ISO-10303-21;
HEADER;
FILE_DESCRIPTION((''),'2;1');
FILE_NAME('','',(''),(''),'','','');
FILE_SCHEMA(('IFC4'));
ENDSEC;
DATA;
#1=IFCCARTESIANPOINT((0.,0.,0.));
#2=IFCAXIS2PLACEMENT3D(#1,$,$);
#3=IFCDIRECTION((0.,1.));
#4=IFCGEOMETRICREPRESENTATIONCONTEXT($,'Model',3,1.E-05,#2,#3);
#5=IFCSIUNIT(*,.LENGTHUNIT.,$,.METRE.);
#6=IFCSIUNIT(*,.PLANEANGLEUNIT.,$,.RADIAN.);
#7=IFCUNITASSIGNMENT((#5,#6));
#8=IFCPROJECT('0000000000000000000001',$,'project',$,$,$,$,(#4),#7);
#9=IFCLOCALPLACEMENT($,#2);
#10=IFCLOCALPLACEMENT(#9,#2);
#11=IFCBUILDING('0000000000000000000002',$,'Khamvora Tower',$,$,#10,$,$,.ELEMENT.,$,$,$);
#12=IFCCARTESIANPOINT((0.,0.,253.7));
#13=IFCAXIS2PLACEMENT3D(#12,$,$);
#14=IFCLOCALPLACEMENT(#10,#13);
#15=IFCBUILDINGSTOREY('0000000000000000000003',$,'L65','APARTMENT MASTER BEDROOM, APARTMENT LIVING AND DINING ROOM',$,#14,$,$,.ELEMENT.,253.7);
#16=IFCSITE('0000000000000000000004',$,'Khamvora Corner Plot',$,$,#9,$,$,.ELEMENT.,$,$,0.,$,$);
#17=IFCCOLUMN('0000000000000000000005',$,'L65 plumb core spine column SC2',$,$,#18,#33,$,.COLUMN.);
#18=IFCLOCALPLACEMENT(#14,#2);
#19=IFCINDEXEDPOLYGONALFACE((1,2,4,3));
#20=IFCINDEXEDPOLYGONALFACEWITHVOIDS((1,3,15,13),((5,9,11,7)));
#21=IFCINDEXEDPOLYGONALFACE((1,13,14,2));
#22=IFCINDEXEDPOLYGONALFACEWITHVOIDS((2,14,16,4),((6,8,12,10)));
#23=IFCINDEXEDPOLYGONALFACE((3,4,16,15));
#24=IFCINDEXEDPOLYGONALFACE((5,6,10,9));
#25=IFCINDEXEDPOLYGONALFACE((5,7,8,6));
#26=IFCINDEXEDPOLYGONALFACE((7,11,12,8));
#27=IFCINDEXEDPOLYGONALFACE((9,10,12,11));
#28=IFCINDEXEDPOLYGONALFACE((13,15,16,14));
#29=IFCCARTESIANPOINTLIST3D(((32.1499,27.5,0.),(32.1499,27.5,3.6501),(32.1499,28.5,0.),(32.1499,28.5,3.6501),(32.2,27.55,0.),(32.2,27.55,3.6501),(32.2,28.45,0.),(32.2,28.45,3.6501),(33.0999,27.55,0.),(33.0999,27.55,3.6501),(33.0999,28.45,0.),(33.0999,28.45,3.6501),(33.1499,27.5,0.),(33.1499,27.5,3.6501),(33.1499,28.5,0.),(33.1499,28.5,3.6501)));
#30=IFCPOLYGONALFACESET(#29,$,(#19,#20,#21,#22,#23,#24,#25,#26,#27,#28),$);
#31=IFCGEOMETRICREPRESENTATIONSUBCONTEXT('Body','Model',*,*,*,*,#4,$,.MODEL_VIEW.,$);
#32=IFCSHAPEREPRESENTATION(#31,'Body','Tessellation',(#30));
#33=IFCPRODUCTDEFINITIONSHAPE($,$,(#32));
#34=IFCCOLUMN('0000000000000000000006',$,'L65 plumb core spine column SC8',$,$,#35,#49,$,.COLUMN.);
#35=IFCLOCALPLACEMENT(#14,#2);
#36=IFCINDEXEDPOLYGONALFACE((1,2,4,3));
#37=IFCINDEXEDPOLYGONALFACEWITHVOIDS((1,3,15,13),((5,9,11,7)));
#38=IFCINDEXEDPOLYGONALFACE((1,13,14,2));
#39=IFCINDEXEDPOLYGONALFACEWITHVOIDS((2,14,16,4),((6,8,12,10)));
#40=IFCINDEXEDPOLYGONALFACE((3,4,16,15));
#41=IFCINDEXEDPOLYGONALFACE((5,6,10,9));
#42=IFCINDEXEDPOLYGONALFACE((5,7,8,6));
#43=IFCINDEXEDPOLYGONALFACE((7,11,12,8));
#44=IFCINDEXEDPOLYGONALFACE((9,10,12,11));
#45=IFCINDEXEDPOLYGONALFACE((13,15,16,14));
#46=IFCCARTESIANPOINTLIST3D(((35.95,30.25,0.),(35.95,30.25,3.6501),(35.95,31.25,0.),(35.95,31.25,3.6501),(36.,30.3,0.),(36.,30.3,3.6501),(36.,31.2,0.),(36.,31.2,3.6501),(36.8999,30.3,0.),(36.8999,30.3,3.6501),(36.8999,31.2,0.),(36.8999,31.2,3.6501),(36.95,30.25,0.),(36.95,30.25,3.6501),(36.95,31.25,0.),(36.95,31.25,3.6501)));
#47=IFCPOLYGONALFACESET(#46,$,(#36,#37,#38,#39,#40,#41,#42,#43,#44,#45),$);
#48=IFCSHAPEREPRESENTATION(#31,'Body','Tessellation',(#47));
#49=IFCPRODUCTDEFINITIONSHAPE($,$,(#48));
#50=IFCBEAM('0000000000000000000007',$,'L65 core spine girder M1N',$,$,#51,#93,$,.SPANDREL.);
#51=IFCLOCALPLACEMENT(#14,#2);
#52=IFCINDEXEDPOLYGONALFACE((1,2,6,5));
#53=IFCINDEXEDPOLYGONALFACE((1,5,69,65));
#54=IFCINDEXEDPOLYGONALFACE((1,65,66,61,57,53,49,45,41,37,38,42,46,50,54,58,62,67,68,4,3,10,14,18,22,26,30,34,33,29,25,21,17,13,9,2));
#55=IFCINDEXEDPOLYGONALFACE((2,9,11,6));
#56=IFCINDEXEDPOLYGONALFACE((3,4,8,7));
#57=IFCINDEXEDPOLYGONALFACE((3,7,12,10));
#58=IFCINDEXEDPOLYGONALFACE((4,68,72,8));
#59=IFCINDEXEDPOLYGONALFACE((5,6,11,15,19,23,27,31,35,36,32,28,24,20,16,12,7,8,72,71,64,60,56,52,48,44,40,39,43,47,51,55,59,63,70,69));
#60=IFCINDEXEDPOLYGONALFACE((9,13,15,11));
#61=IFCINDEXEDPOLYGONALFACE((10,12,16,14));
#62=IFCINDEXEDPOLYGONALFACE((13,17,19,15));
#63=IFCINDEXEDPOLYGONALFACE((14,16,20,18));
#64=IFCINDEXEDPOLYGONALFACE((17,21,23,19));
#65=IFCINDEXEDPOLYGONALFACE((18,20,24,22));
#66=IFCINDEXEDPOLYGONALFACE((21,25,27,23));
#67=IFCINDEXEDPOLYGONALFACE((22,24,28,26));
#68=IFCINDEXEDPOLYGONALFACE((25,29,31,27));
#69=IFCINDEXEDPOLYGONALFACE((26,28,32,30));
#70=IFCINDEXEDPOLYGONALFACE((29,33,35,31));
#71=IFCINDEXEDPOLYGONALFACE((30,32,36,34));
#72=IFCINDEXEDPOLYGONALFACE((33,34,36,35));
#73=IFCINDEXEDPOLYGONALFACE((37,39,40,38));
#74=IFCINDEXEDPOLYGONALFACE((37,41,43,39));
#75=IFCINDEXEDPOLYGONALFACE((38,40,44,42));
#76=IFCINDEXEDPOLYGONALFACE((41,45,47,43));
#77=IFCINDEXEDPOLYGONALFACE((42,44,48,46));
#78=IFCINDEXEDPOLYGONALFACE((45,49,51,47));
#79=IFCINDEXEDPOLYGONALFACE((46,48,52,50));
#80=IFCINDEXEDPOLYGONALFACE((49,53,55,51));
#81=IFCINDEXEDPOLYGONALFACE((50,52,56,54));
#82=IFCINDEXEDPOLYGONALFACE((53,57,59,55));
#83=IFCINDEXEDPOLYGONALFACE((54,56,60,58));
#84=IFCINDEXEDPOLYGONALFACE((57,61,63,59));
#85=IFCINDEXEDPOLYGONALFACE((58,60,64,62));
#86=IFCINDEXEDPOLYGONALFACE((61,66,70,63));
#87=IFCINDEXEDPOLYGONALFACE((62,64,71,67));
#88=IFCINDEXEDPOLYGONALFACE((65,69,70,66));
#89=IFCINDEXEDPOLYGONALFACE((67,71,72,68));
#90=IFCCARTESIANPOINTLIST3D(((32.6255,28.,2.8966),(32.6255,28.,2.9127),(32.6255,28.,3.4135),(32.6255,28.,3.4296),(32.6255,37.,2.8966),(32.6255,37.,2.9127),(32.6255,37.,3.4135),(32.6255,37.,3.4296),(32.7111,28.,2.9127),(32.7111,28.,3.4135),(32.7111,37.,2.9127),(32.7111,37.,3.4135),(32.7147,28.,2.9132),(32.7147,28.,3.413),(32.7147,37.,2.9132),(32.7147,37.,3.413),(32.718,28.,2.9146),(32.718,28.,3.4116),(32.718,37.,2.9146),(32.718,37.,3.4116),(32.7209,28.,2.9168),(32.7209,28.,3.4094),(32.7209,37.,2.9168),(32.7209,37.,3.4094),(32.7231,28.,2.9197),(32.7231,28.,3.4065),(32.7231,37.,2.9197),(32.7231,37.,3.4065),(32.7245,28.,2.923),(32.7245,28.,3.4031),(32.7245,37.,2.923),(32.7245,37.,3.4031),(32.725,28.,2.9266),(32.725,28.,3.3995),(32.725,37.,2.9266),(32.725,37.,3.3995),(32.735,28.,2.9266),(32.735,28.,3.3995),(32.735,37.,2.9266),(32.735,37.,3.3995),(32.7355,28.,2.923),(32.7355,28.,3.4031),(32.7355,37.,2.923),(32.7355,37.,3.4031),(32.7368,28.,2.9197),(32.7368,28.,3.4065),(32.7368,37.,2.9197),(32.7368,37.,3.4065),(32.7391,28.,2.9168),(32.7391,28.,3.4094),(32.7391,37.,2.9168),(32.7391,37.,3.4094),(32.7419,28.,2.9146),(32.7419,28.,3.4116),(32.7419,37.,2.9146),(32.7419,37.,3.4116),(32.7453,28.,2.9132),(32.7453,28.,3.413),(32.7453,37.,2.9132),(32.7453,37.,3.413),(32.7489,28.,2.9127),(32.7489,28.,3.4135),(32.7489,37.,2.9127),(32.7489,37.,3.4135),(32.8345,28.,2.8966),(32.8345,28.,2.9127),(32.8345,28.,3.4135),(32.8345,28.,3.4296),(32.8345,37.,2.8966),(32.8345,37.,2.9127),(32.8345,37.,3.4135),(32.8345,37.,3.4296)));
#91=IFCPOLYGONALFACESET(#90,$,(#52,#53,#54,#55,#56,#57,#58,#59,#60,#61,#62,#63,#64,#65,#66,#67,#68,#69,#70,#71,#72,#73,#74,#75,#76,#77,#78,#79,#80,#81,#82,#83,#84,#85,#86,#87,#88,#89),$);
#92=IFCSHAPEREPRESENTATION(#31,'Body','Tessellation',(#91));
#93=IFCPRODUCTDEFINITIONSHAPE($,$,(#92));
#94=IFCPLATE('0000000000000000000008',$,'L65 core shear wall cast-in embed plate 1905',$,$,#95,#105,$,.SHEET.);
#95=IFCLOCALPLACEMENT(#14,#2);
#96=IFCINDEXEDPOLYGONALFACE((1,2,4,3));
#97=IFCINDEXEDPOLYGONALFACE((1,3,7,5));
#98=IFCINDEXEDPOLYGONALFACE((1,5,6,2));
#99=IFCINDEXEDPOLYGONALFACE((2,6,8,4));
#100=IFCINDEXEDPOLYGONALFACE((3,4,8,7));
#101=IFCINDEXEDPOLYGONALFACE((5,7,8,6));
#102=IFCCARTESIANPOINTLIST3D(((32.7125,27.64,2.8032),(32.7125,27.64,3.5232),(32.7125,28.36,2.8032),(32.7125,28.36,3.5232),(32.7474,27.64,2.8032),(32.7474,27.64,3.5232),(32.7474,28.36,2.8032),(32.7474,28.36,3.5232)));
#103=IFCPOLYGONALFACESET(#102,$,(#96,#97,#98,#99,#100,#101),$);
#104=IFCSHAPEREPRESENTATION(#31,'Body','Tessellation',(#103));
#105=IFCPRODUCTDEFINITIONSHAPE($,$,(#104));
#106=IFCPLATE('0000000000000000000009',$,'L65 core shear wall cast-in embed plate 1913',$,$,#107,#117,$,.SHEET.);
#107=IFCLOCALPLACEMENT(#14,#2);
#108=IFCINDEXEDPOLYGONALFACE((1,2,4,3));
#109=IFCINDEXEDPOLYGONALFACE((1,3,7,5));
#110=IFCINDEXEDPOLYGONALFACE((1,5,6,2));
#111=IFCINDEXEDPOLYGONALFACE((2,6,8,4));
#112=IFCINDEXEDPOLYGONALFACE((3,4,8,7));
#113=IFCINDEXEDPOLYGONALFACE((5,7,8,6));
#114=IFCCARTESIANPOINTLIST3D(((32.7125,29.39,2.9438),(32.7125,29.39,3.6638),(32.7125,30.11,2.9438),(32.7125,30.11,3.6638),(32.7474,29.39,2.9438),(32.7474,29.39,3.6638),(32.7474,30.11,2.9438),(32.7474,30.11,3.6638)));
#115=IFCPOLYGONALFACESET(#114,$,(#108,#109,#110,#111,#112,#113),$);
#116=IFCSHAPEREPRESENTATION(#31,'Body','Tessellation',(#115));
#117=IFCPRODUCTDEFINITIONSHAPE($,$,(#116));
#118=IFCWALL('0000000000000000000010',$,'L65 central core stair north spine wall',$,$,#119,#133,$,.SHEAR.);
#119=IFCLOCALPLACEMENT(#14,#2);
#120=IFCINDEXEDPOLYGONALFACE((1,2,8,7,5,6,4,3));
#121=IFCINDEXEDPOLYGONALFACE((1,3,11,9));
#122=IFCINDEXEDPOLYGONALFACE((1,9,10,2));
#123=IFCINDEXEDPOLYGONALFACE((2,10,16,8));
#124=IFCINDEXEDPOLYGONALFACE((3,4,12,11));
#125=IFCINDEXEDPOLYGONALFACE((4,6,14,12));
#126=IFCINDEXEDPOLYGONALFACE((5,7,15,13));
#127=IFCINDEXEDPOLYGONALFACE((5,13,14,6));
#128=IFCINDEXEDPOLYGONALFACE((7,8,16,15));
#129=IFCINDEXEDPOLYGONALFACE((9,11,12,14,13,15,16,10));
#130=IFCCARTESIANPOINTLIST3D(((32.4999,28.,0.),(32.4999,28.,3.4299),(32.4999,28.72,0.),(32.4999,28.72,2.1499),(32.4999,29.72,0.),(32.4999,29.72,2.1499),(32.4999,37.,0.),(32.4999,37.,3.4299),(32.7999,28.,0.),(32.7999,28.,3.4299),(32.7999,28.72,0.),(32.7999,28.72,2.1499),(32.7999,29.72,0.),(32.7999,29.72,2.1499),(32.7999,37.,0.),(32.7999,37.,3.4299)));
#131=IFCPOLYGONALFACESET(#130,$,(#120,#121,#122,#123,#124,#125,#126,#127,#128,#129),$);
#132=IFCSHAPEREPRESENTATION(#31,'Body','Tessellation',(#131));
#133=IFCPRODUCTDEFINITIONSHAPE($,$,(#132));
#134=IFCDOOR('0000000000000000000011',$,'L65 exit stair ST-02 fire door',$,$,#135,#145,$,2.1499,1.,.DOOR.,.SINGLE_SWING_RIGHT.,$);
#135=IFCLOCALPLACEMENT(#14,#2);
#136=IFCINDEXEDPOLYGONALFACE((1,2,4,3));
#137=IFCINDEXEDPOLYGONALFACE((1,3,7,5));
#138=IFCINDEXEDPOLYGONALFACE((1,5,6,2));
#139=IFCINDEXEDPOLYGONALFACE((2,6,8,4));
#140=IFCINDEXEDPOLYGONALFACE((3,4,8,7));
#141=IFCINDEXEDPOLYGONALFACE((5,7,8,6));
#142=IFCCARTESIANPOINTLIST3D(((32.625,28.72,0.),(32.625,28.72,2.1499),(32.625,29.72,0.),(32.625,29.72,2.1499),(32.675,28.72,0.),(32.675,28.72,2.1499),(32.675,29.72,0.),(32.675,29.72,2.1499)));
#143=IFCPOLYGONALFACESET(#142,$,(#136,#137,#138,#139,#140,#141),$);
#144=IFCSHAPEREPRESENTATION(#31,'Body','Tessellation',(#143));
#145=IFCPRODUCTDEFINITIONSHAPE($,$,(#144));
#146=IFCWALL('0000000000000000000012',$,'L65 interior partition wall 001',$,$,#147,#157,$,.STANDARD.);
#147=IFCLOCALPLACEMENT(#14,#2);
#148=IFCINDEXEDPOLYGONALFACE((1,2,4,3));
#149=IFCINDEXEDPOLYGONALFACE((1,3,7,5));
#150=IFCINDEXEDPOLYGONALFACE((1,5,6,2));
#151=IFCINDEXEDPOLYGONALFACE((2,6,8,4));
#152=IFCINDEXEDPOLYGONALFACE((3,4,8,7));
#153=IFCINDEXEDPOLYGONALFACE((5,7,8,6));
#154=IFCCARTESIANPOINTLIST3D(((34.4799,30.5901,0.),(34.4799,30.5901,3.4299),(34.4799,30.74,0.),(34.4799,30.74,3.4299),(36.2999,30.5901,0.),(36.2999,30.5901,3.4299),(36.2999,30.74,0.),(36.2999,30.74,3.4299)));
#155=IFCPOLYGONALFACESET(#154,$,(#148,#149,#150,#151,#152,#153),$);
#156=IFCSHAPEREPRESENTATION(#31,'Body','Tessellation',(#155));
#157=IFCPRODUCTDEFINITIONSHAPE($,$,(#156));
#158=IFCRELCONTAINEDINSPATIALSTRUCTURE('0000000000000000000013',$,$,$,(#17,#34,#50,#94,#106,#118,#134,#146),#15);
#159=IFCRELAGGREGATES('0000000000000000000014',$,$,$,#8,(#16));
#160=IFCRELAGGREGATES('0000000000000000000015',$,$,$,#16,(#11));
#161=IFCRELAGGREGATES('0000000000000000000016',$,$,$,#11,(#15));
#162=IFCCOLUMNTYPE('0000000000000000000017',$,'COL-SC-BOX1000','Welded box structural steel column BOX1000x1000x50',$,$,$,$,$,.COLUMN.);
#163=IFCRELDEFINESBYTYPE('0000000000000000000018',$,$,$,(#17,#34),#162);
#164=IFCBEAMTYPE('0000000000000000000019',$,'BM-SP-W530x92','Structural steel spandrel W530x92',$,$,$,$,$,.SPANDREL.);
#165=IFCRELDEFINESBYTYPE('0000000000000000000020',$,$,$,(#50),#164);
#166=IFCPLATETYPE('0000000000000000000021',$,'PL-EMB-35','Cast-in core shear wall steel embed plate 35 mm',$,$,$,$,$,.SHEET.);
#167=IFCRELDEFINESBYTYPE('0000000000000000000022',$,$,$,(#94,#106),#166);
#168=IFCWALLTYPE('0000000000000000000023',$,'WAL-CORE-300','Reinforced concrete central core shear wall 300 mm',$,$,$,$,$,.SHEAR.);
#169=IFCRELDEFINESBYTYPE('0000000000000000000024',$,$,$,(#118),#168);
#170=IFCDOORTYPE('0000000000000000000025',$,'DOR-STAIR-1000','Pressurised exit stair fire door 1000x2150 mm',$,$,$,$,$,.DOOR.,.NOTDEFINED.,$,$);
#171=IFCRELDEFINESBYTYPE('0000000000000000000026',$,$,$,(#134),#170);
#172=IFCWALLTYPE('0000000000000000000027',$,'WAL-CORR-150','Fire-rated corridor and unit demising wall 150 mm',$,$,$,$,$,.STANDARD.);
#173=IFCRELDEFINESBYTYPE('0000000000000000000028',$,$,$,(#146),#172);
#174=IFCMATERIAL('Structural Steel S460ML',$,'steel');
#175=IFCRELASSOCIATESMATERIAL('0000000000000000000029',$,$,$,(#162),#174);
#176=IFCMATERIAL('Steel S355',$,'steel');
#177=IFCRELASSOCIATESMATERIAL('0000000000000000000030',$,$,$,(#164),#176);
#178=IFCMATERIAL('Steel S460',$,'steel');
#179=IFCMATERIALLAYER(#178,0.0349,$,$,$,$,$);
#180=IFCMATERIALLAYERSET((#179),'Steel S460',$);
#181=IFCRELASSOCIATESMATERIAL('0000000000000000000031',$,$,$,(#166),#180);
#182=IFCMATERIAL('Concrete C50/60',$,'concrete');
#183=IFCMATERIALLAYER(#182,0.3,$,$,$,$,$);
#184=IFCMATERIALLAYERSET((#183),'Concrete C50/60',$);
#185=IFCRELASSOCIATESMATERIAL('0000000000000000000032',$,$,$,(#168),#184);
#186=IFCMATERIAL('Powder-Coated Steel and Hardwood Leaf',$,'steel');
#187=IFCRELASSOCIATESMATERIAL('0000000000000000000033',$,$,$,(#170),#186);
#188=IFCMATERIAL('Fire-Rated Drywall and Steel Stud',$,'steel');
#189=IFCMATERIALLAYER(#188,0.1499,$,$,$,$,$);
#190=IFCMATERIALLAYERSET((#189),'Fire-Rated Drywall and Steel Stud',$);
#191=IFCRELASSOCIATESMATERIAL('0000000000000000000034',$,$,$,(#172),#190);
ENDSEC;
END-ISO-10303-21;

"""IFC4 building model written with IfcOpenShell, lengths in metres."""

from ifc_helpers import new_model, si_unit, direction, frame, frame_2d, origin, origin_2d, place, context, subcontext, project, spatial, rectangle, hollow_rectangle, i_section, extrude, material, layer, layer_set, material_profile, profile_set, type_object, element, fill, save


model = new_model("IFC4")

# Units and contexts
model_context = context("Model", 3, precision=1e-05, world=origin(), true_north=direction((0.0, 1.0)))
body_context = subcontext(model_context, "Body", "Model", "MODEL_VIEW")
ifc_project = project(units=[si_unit("LENGTHUNIT", "METRE"), si_unit("PLANEANGLEUNIT", "RADIAN")], contexts=[model_context])

# Site, building, storey
site_placement = place(None, origin())
site = spatial("IfcSite", under=ifc_project, at=site_placement, Name="Khamvora Corner Plot", CompositionType="ELEMENT", RefElevation=0.0)
building_placement = place(site_placement, origin())
building = spatial("IfcBuilding", under=site, at=building_placement, Name="Khamvora Tower", CompositionType="ELEMENT")
storey_placement = place(building_placement, frame((0.0, 0.0, 253.7)))
storey = spatial("IfcBuildingStorey", under=building, at=storey_placement, Name="L65", Description="APARTMENT MASTER BEDROOM, APARTMENT LIVING AND DINING ROOM", CompositionType="ELEMENT", Elevation=253.7)

# Columns
ifc_material_1 = material(Name="Structural Steel S460ML", Category="steel")
ifc_material_profile_1 = material_profile(ifc_material_1, hollow_rectangle(XDim=1.0, YDim=1.0, WallThickness=0.05, at=origin_2d()), Name="BOX1000x1000x50")
ifc_profile_set_1 = profile_set([ifc_material_profile_1], Name="Structural Steel S460ML")
column_type = type_object("IfcColumnType", Name="COL-SC-BOX1000", Description="Welded box structural steel column BOX1000x1000x50", PredefinedType="COLUMN", material=ifc_profile_set_1)
for number, where, z_axis, x_axis, name in (
    (1, (32.6499, 28.0, 0.0), (0.0, 0.0, 1.0), (1.0, 0.0, 0.0), "L65 plumb core spine column SC2"),
    (2, (36.45, 30.75, 0.0), (0.0, 0.0, 1.0), (1.0, 0.0, 0.0), "L65 plumb core spine column SC8"),
):
    element("IfcColumn", number, at=place(storey_placement, frame(where, z_axis=z_axis, x_axis=x_axis)), inside=storey, type_object=column_type, Name=name, PredefinedType="COLUMN", context=body_context, shape_type="SweptSolid", body=[
        extrude(hollow_rectangle(XDim=1.0, YDim=1.0, WallThickness=0.05, at=origin_2d()), origin(), (0.0, 0.0, 1.0), 3.6501),
    ])

# Beam
ifc_material_2 = material(Name="Steel S355", Category="steel")
ifc_material_profile_2 = material_profile(ifc_material_2, i_section(OverallWidth=0.209, OverallDepth=0.533, WebThickness=0.01, FlangeThickness=0.0161, FilletRadius=0.0139, at=origin_2d()), Name="W530x92")
ifc_profile_set_2 = profile_set([ifc_material_profile_2], Name="Steel S355")
beam_type = type_object("IfcBeamType", Name="BM-SP-W530x92", Description="Structural steel spandrel W530x92", PredefinedType="SPANDREL", material=ifc_profile_set_2)
beam_placement = place(storey_placement, frame((32.73, 28.0, 3.1631), z_axis=(0.0, 1.0, 0.0), x_axis=(-1.0, 0.0, 0.0)))
element("IfcBeam", 3, at=beam_placement, inside=storey, type_object=beam_type, Name="L65 core spine girder M1N", PredefinedType="SPANDREL", context=body_context, shape_type="SweptSolid", body=[
    extrude(i_section(OverallWidth=0.209, OverallDepth=0.533, WebThickness=0.01, FlangeThickness=0.0161, FilletRadius=0.0139, at=origin_2d()), origin(), (0.0, 0.0, 1.0), 9.0),
])

# Plates
ifc_material_3 = material(Name="Steel S460", Category="steel")
ifc_layer_1 = layer(ifc_material_3, 0.0349)
ifc_layer_set_1 = layer_set([ifc_layer_1], Name="Steel S460")
plate_type = type_object("IfcPlateType", Name="PL-EMB-35", Description="Cast-in core shear wall steel embed plate 35 mm", PredefinedType="SHEET", material=ifc_layer_set_1)
for number, where, z_axis, x_axis, name in (
    (4, (32.73, 28.0, 2.8032), (0.0, 0.0, 1.0), (1.0, 0.0, 0.0), "L65 core shear wall cast-in embed plate 1905"),
    (5, (32.73, 29.75, 2.9438), (0.0, 0.0, 1.0), (1.0, 0.0, 0.0), "L65 core shear wall cast-in embed plate 1913"),
):
    element("IfcPlate", number, at=place(storey_placement, frame(where, z_axis=z_axis, x_axis=x_axis)), inside=storey, type_object=plate_type, Name=name, PredefinedType="SHEET", context=body_context, shape_type="SweptSolid", body=[
        extrude(rectangle(XDim=0.0349, YDim=0.72, at=origin_2d()), origin(), (0.0, 0.0, 1.0), 0.72),
    ])

# Wall, opening, door
ifc_material_4 = material(Name="Concrete C50/60", Category="concrete")
ifc_layer_2 = layer(ifc_material_4, 0.3)
ifc_layer_set_2 = layer_set([ifc_layer_2], Name="Concrete C50/60")
wall_type_1 = type_object("IfcWallType", Name="WAL-CORE-300", Description="Reinforced concrete central core shear wall 300 mm", PredefinedType="SHEAR", material=ifc_layer_set_2)
wall_1_placement = place(storey_placement, frame((32.6499, 28.0, 0.0), z_axis=(0.0, 0.0, 1.0), x_axis=(0.0, 1.0, 0.0)))
wall_1 = element("IfcWall", 6, at=wall_1_placement, inside=storey, type_object=wall_type_1, Name="L65 central core stair north spine wall", PredefinedType="SHEAR", context=body_context, shape_type="SweptSolid", body=[
    extrude(rectangle(XDim=9.0, YDim=0.3, at=frame_2d((4.5, 0.0))), origin(), (0.0, 0.0, 1.0), 3.4299),
])
opening_1_placement = place(wall_1_placement, frame((0.72, 0.0, 0.0)))
opening_1 = element("IfcOpeningElement", 7, at=opening_1_placement, cuts=wall_1, PredefinedType="OPENING", context=body_context, shape_type="SweptSolid", body=[
    extrude(rectangle(XDim=1.0, YDim=2.1499, at=frame_2d((0.5, 1.075))), frame((0.0, 0.1599, 0.0), z_axis=(0.0, -1.0, 0.0), x_axis=(1.0, 0.0, 0.0)), (0.0, 0.0, 1.0), 0.3201),
])
ifc_material_5 = material(Name="Powder-Coated Steel and Hardwood Leaf", Category="steel")
door_type_1 = type_object("IfcDoorType", Name="DOR-STAIR-1000", Description="Pressurised exit stair fire door 1000x2150 mm", OperationType="NOTDEFINED", PredefinedType="DOOR", material=ifc_material_5)
door_1_placement = place(opening_1_placement, origin())
door_1 = element("IfcDoor", 8, at=door_1_placement, inside=storey, type_object=door_type_1, Name="L65 exit stair ST-02 fire door", OperationType="SINGLE_SWING_RIGHT", OverallHeight=2.1499, OverallWidth=1.0, PredefinedType="DOOR", context=body_context, shape_type="SweptSolid", body=[
    extrude(rectangle(XDim=1.0, YDim=2.1499, at=frame_2d((0.5, 1.075))), frame((0.0, 0.0249, 0.0), z_axis=(0.0, -1.0, 0.0), x_axis=(1.0, 0.0, 0.0)), (0.0, 0.0, 1.0), 0.05),
])
fill(opening_1, door_1)

# Wall
ifc_material_6 = material(Name="Fire-Rated Drywall and Steel Stud", Category="steel")
ifc_layer_3 = layer(ifc_material_6, 0.1499)
ifc_layer_set_3 = layer_set([ifc_layer_3], Name="Fire-Rated Drywall and Steel Stud")
wall_type_2 = type_object("IfcWallType", Name="WAL-CORR-150", Description="Fire-rated corridor and unit demising wall 150 mm", PredefinedType="STANDARD", material=ifc_layer_set_3)
wall_2_placement = place(storey_placement, frame((36.3, 30.665, 0.0), z_axis=(0.0, 0.0, 1.0), x_axis=(-1.0, 0.0, 0.0)))
element("IfcWall", 9, at=wall_2_placement, inside=storey, type_object=wall_type_2, Name="L65 interior partition wall 001", PredefinedType="STANDARD", context=body_context, shape_type="SweptSolid", body=[
    extrude(rectangle(XDim=1.8201, YDim=0.1499, at=frame_2d((0.9102, 0.0))), origin(), (0.0, 0.0, 1.0), 3.4299),
])

save(model, "model.ifc")
